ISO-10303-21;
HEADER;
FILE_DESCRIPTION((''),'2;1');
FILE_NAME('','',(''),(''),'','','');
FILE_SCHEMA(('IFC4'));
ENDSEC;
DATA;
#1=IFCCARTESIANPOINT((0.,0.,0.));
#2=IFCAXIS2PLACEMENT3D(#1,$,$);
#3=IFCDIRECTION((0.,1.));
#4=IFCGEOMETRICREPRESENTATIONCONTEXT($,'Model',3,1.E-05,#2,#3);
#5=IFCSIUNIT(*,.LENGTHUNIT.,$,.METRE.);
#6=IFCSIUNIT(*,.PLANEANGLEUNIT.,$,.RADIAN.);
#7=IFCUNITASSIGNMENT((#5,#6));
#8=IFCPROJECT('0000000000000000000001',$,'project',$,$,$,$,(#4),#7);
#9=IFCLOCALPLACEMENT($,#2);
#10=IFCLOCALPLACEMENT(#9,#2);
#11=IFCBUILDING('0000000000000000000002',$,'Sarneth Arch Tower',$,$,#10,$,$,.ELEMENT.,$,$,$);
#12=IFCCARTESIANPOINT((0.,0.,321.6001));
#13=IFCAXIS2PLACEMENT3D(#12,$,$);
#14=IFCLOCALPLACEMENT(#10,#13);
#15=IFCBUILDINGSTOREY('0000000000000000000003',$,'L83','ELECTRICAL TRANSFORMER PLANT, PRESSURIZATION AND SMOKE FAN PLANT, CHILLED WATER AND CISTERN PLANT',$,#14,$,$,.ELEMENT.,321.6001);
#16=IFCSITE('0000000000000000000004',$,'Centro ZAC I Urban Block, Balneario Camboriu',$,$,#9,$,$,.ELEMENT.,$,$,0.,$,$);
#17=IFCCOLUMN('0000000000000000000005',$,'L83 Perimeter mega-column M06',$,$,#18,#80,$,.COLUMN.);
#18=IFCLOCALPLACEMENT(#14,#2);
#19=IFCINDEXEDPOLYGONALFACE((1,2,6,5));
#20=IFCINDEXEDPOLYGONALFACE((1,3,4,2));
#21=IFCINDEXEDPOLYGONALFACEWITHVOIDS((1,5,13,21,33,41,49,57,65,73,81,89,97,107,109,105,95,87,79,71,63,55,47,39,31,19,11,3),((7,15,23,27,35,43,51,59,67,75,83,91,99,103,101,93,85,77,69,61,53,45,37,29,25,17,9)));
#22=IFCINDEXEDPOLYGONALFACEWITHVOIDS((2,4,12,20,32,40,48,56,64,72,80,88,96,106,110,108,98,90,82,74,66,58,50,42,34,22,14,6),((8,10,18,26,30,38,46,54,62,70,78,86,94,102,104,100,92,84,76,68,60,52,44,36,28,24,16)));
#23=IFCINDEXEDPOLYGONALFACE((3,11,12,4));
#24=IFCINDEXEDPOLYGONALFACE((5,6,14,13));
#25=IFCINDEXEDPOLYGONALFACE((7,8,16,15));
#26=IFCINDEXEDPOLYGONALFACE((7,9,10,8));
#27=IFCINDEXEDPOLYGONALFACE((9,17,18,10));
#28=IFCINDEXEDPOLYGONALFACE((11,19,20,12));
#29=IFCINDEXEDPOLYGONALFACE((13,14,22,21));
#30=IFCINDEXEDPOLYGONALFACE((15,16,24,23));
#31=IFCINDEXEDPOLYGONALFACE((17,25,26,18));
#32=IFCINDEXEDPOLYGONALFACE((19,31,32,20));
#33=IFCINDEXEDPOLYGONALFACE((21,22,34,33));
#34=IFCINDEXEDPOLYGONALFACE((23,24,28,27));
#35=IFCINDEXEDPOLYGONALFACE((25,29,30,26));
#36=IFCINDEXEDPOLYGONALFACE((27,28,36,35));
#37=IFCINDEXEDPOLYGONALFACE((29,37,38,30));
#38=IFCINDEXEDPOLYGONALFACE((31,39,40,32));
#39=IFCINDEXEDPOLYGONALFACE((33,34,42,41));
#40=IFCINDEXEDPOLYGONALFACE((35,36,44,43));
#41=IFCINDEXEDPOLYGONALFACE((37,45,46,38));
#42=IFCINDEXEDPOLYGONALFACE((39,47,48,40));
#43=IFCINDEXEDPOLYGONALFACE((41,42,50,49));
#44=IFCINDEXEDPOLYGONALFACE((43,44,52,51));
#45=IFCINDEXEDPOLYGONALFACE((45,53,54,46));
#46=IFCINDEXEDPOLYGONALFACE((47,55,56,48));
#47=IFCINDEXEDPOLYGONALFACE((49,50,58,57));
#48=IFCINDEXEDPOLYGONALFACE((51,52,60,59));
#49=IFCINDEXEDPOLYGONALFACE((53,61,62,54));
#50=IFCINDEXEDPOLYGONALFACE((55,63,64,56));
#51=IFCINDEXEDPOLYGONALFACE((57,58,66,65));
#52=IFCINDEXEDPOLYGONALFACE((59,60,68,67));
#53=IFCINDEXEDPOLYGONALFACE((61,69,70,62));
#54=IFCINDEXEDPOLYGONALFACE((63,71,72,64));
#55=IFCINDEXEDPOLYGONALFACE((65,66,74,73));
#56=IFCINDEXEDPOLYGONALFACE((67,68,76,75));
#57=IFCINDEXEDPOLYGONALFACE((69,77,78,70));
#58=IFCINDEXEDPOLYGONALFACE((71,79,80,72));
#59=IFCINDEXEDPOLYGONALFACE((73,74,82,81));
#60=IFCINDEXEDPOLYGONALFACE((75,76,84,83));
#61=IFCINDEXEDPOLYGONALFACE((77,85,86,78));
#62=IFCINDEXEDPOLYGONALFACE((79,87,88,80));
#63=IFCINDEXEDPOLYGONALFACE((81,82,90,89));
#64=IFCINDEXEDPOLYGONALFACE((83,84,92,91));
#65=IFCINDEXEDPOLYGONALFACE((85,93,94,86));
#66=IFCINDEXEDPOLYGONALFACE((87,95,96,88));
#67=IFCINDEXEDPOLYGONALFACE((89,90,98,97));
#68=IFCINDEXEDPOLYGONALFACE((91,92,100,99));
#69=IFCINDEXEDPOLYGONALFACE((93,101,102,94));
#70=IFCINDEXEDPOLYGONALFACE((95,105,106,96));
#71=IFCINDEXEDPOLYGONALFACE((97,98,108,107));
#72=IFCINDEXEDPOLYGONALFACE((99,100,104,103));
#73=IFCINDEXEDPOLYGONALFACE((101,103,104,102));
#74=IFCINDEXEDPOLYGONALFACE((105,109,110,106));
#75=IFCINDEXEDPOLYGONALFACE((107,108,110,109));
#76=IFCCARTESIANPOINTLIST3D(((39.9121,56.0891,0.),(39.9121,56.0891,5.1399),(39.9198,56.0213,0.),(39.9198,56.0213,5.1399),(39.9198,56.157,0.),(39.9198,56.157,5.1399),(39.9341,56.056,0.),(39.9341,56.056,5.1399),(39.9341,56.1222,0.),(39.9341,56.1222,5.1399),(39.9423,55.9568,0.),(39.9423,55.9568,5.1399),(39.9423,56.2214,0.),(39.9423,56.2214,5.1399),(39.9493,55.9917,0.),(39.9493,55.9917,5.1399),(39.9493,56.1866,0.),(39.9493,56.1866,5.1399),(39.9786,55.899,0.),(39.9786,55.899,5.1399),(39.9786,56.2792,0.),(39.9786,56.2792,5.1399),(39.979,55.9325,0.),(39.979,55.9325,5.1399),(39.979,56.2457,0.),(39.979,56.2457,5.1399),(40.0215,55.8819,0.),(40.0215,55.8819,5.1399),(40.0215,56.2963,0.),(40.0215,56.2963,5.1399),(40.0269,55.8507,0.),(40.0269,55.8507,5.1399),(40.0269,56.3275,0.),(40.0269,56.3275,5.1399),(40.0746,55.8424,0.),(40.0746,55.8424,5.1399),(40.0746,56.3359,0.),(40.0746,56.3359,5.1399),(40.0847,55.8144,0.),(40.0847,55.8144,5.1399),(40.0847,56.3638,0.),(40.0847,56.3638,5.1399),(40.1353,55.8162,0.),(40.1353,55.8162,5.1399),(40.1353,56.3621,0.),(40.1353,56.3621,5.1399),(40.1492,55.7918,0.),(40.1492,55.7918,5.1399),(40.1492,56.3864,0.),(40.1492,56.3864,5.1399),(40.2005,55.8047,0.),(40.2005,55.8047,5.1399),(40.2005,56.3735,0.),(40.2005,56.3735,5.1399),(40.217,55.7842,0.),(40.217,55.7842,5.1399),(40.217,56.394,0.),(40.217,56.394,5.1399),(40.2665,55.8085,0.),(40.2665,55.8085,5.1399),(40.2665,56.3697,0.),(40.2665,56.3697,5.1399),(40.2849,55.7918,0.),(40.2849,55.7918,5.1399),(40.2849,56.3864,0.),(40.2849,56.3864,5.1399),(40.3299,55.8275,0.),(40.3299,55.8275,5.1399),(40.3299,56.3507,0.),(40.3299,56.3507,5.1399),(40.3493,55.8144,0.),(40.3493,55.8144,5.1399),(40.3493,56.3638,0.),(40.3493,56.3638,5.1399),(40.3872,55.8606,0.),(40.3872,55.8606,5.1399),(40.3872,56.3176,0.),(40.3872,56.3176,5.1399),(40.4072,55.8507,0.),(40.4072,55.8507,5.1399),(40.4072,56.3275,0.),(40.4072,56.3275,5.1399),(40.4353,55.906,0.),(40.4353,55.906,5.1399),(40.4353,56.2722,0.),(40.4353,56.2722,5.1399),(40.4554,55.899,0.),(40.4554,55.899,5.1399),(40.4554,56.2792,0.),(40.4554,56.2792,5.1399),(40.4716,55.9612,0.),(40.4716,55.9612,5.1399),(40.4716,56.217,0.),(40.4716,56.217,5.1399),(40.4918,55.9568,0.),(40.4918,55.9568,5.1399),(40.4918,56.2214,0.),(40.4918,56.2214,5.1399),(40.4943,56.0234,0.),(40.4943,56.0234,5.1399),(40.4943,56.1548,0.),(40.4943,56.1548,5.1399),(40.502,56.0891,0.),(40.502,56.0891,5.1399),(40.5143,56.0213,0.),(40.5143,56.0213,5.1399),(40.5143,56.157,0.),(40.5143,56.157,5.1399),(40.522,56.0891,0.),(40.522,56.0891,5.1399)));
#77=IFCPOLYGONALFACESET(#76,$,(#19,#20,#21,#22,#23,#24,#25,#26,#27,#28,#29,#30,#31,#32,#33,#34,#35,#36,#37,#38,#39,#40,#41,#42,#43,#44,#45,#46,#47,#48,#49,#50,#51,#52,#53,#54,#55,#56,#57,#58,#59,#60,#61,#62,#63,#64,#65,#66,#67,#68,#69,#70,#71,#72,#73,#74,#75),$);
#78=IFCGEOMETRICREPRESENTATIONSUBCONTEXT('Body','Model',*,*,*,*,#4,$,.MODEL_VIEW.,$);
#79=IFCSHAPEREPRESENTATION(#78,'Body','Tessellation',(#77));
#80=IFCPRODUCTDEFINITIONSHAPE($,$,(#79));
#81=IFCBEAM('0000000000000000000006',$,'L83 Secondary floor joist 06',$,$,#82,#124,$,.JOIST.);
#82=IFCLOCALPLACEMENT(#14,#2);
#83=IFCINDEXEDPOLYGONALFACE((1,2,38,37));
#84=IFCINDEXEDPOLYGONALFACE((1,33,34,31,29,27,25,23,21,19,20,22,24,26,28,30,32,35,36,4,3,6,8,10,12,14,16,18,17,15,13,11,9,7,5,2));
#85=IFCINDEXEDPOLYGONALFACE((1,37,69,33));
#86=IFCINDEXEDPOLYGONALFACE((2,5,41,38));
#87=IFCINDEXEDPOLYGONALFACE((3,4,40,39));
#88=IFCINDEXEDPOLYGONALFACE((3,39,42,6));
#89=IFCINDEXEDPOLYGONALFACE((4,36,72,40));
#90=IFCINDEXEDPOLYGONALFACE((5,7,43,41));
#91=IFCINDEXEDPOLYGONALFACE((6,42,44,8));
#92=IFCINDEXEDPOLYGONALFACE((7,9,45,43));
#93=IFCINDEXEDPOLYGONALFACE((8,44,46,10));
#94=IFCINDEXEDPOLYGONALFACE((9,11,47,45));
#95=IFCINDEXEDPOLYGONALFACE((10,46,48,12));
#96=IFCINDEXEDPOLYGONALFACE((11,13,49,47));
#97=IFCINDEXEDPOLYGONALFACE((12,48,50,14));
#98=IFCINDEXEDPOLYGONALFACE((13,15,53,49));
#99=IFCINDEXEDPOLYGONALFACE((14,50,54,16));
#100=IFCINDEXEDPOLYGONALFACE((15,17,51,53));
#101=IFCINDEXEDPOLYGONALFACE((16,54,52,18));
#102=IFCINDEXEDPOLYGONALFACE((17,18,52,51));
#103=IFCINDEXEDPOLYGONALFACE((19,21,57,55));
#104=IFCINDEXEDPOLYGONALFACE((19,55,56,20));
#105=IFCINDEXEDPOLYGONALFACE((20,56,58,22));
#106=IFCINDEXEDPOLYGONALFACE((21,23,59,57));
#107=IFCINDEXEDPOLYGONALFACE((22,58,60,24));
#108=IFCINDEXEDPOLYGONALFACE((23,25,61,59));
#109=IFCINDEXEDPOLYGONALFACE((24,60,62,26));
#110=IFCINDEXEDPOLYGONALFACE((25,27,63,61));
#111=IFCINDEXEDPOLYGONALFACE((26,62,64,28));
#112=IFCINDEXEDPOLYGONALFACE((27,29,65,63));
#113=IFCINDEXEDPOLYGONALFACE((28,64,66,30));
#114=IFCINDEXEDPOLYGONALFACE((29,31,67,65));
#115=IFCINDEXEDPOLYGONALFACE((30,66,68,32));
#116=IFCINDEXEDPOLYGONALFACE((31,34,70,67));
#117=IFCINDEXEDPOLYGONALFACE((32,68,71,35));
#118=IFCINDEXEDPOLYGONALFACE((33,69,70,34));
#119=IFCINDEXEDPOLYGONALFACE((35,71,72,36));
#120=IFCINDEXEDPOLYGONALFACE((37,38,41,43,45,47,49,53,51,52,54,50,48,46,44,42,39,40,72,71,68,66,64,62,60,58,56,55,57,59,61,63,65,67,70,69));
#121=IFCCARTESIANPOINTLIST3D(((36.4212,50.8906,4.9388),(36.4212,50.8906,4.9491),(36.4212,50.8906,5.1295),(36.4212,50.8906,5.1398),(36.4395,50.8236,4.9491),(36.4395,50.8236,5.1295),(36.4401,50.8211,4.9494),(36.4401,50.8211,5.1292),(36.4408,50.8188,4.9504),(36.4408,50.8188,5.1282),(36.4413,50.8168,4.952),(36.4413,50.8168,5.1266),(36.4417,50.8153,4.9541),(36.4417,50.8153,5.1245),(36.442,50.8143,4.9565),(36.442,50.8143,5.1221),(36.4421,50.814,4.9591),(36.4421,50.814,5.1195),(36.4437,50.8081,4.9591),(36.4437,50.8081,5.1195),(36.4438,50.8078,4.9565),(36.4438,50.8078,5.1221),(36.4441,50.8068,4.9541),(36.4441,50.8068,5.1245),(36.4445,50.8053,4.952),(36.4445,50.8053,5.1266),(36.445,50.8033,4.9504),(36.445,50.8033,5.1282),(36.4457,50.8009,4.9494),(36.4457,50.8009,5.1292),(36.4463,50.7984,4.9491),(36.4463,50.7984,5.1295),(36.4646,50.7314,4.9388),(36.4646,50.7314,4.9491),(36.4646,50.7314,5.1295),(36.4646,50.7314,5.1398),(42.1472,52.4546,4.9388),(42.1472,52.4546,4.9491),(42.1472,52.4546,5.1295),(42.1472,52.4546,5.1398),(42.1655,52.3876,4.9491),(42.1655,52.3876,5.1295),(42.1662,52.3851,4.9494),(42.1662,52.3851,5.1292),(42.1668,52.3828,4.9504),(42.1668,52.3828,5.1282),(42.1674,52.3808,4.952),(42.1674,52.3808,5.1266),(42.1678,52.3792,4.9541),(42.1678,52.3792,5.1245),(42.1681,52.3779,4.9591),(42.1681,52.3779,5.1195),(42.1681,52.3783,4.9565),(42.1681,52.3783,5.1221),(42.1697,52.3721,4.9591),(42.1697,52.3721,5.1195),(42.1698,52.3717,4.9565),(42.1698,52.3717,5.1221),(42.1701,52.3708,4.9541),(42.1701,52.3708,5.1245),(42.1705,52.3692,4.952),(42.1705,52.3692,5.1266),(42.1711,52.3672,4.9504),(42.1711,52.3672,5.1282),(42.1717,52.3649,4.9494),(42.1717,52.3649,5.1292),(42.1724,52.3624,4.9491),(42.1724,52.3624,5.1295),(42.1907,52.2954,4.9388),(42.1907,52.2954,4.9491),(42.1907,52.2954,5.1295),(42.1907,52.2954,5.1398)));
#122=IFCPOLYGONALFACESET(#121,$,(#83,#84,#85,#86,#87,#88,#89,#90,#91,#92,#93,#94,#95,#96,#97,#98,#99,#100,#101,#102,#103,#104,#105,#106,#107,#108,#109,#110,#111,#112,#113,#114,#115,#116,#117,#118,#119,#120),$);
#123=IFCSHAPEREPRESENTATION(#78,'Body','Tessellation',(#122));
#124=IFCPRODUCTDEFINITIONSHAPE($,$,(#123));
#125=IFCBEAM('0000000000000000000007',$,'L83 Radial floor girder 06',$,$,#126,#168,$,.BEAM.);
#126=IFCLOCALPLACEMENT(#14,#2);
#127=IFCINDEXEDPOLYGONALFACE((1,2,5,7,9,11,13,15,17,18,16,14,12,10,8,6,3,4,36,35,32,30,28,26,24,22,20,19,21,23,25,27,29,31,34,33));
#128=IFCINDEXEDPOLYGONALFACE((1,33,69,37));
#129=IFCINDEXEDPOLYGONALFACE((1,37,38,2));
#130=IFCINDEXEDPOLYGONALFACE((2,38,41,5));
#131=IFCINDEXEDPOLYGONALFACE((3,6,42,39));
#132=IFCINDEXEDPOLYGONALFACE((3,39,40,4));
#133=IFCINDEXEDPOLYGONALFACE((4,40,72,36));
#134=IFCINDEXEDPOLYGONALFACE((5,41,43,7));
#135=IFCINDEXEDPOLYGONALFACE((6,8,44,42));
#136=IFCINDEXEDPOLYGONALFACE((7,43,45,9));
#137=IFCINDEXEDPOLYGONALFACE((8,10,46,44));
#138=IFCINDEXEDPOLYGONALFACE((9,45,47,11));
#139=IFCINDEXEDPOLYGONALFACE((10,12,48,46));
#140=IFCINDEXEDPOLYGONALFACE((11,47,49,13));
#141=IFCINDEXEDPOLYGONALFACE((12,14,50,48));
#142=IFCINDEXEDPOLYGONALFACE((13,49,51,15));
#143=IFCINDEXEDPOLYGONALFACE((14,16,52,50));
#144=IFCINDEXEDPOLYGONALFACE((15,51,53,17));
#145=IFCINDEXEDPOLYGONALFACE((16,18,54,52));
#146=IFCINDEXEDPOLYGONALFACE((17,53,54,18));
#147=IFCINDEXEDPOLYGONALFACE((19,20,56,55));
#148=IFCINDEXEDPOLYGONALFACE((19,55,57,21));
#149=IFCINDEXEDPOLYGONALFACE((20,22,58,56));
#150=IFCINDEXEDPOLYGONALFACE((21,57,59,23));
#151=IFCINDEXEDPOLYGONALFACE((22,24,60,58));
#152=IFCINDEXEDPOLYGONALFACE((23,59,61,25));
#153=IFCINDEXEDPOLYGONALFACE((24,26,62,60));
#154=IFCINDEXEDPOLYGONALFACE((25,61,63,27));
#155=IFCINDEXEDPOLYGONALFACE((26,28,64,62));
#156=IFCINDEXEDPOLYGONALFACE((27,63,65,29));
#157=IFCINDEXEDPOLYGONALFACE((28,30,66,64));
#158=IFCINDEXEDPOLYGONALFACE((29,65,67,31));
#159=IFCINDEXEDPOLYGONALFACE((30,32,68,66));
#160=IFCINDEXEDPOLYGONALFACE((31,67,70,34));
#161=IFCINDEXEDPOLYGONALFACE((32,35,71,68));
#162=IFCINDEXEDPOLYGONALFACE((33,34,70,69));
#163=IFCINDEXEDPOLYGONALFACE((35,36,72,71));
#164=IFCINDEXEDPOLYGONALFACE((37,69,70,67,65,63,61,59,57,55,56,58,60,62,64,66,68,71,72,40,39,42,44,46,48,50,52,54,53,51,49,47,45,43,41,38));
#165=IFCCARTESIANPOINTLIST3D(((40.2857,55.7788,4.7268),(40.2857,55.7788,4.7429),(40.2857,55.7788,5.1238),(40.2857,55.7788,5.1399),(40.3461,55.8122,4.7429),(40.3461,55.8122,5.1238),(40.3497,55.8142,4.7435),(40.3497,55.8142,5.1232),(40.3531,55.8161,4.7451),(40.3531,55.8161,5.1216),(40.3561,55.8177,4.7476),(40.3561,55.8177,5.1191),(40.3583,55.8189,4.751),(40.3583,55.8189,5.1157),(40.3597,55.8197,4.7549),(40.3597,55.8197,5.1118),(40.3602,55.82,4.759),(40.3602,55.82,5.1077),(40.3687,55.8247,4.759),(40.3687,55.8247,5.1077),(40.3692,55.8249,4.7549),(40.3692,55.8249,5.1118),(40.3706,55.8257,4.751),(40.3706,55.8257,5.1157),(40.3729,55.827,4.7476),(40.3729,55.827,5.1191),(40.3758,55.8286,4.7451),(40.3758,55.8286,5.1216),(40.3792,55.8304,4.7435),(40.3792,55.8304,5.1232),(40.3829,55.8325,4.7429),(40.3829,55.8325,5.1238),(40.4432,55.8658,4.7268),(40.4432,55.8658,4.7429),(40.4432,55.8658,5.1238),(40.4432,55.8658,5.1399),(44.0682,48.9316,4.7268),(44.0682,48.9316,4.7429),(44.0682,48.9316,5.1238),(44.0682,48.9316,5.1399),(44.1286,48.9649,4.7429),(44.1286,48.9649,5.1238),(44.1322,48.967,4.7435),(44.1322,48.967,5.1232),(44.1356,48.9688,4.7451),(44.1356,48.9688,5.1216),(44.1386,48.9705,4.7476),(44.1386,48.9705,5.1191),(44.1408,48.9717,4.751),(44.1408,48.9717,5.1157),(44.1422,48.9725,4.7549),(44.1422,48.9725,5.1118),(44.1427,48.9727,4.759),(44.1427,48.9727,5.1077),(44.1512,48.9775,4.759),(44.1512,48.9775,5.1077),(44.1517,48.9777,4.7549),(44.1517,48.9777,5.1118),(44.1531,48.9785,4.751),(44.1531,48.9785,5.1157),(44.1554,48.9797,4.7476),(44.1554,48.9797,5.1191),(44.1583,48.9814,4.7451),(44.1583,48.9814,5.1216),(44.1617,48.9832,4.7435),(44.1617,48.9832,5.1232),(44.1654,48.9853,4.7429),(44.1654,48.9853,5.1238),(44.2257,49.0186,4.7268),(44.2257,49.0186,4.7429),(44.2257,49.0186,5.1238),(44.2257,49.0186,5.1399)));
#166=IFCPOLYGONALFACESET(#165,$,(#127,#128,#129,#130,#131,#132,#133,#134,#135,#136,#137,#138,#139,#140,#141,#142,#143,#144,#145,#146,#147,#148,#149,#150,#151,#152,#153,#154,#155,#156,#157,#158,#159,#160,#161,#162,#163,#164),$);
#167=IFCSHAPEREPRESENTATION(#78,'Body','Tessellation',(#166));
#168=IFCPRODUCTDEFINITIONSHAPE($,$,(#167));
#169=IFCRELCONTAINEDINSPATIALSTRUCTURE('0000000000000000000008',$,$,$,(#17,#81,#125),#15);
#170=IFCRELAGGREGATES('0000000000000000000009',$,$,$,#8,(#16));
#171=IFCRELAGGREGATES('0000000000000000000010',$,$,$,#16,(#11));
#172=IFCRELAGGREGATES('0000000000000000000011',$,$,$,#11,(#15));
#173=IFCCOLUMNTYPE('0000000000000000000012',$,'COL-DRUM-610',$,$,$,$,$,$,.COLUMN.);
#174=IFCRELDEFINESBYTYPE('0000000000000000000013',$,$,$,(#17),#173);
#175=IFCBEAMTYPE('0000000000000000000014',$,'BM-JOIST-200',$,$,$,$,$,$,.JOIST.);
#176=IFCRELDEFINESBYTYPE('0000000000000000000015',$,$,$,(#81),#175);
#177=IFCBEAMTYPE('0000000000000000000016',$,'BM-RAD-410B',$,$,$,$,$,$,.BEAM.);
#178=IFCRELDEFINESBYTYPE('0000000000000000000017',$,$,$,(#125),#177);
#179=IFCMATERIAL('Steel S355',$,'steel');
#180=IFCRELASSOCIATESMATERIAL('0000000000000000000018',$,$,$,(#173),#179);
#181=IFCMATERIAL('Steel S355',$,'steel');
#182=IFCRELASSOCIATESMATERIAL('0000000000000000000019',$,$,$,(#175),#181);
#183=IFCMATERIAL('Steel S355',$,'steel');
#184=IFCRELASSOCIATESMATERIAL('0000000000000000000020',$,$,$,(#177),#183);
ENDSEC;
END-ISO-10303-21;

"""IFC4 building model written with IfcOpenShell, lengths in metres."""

from ifc_helpers import new_model, si_unit, direction, frame, origin, origin_2d, place, context, subcontext, project, spatial, hollow_circle, i_section, extrude, material, material_profile, profile_set, type_object, element, save


model = new_model("IFC4")

# Units and contexts
model_context = context("Model", 3, precision=1e-05, world=origin(), true_north=direction((0.0, 1.0)))
body_context = subcontext(model_context, "Body", "Model", "MODEL_VIEW")
ifc_project = project(units=[si_unit("LENGTHUNIT", "METRE"), si_unit("PLANEANGLEUNIT", "RADIAN")], contexts=[model_context])

# Site, building, storey
site_placement = place(None, origin())
site = spatial("IfcSite", under=ifc_project, at=site_placement, Name="Centro ZAC I Urban Block, Balneario Camboriu", CompositionType="ELEMENT", RefElevation=0.0)
building_placement = place(site_placement, origin())
building = spatial("IfcBuilding", under=site, at=building_placement, Name="Sarneth Arch Tower", CompositionType="ELEMENT")
storey_placement = place(building_placement, frame((0.0, 0.0, 321.6001)))
storey = spatial("IfcBuildingStorey", under=building, at=storey_placement, Name="L83", Description="ELECTRICAL TRANSFORMER PLANT, PRESSURIZATION AND SMOKE FAN PLANT, CHILLED WATER AND CISTERN PLANT", CompositionType="ELEMENT", Elevation=321.6001)

# Column
ifc_material_1 = material(Name="Steel S355", Category="steel")
ifc_material_profile_1 = material_profile(ifc_material_1, hollow_circle(Radius=0.3049, WallThickness=0.02, at=origin_2d()), Name="CHS610x20")
ifc_profile_set_1 = profile_set([ifc_material_profile_1], Name="Steel S355")
column_type = type_object("IfcColumnType", Name="COL-DRUM-610", PredefinedType="COLUMN", material=ifc_profile_set_1)
column_placement = place(storey_placement, frame((40.217, 56.0891, 0.0), z_axis=(0.0, 0.0, 1.0), x_axis=(1.0, 0.0, 0.0)))
element("IfcColumn", 1, at=column_placement, inside=storey, type_object=column_type, Name="L83 Perimeter mega-column M06", PredefinedType="COLUMN", context=body_context, shape_type="SweptSolid", body=[
    extrude(hollow_circle(Radius=0.3049, WallThickness=0.02, at=origin_2d()), origin(), (0.0, 0.0, 1.0), 5.1399),
])

# Beams
ifc_material_2 = material(Name="Steel S355", Category="steel")
ifc_material_profile_2 = material_profile(ifc_material_2, i_section(OverallWidth=0.165, OverallDepth=0.2009, WebThickness=0.0061, FlangeThickness=0.0103, FilletRadius=0.01, at=origin_2d()), Name="W200x35.9")
ifc_profile_set_2 = profile_set([ifc_material_profile_2], Name="Steel S355")
beam_type_1 = type_object("IfcBeamType", Name="BM-JOIST-200", PredefinedType="JOIST", material=ifc_profile_set_2)
beam_1_placement = place(storey_placement, frame((42.1689, 52.375, 5.0393), z_axis=(-0.964665, -0.263479, 0.0), x_axis=(0.263479, -0.964665, 0.0)))
element("IfcBeam", 2, at=beam_1_placement, inside=storey, type_object=beam_type_1, Name="L83 Secondary floor joist 06", PredefinedType="JOIST", context=body_context, shape_type="SweptSolid", body=[
    extrude(i_section(OverallWidth=0.165, OverallDepth=0.2009, WebThickness=0.0061, FlangeThickness=0.0103, FilletRadius=0.01, at=origin_2d()), origin(), (0.0, 0.0, 1.0), 5.9358),
])
ifc_material_3 = material(Name="Steel S355", Category="steel")
ifc_material_profile_3 = material_profile(ifc_material_3, i_section(OverallWidth=0.1799, OverallDepth=0.4131, WebThickness=0.0098, FlangeThickness=0.0161, FilletRadius=0.0161, at=origin_2d()), Name="W410x75")
ifc_profile_set_3 = profile_set([ifc_material_profile_3], Name="Steel S355")
beam_type_2 = type_object("IfcBeamType", Name="BM-RAD-410B", PredefinedType="BEAM", material=ifc_profile_set_3)
beam_2_placement = place(storey_placement, frame((44.147, 48.9751, 4.9333), z_axis=(-0.48354, 0.875322, 0.0), x_axis=(-0.875322, -0.48354, 0.0)))
element("IfcBeam", 3, at=beam_2_placement, inside=storey, type_object=beam_type_2, Name="L83 Radial floor girder 06", PredefinedType="BEAM", context=body_context, shape_type="SweptSolid", body=[
    extrude(i_section(OverallWidth=0.1799, OverallDepth=0.4131, WebThickness=0.0098, FlangeThickness=0.0161, FilletRadius=0.0161, at=origin_2d()), origin(), (0.0, 0.0, 1.0), 7.8225),
])

save(model, "model.ifc")
